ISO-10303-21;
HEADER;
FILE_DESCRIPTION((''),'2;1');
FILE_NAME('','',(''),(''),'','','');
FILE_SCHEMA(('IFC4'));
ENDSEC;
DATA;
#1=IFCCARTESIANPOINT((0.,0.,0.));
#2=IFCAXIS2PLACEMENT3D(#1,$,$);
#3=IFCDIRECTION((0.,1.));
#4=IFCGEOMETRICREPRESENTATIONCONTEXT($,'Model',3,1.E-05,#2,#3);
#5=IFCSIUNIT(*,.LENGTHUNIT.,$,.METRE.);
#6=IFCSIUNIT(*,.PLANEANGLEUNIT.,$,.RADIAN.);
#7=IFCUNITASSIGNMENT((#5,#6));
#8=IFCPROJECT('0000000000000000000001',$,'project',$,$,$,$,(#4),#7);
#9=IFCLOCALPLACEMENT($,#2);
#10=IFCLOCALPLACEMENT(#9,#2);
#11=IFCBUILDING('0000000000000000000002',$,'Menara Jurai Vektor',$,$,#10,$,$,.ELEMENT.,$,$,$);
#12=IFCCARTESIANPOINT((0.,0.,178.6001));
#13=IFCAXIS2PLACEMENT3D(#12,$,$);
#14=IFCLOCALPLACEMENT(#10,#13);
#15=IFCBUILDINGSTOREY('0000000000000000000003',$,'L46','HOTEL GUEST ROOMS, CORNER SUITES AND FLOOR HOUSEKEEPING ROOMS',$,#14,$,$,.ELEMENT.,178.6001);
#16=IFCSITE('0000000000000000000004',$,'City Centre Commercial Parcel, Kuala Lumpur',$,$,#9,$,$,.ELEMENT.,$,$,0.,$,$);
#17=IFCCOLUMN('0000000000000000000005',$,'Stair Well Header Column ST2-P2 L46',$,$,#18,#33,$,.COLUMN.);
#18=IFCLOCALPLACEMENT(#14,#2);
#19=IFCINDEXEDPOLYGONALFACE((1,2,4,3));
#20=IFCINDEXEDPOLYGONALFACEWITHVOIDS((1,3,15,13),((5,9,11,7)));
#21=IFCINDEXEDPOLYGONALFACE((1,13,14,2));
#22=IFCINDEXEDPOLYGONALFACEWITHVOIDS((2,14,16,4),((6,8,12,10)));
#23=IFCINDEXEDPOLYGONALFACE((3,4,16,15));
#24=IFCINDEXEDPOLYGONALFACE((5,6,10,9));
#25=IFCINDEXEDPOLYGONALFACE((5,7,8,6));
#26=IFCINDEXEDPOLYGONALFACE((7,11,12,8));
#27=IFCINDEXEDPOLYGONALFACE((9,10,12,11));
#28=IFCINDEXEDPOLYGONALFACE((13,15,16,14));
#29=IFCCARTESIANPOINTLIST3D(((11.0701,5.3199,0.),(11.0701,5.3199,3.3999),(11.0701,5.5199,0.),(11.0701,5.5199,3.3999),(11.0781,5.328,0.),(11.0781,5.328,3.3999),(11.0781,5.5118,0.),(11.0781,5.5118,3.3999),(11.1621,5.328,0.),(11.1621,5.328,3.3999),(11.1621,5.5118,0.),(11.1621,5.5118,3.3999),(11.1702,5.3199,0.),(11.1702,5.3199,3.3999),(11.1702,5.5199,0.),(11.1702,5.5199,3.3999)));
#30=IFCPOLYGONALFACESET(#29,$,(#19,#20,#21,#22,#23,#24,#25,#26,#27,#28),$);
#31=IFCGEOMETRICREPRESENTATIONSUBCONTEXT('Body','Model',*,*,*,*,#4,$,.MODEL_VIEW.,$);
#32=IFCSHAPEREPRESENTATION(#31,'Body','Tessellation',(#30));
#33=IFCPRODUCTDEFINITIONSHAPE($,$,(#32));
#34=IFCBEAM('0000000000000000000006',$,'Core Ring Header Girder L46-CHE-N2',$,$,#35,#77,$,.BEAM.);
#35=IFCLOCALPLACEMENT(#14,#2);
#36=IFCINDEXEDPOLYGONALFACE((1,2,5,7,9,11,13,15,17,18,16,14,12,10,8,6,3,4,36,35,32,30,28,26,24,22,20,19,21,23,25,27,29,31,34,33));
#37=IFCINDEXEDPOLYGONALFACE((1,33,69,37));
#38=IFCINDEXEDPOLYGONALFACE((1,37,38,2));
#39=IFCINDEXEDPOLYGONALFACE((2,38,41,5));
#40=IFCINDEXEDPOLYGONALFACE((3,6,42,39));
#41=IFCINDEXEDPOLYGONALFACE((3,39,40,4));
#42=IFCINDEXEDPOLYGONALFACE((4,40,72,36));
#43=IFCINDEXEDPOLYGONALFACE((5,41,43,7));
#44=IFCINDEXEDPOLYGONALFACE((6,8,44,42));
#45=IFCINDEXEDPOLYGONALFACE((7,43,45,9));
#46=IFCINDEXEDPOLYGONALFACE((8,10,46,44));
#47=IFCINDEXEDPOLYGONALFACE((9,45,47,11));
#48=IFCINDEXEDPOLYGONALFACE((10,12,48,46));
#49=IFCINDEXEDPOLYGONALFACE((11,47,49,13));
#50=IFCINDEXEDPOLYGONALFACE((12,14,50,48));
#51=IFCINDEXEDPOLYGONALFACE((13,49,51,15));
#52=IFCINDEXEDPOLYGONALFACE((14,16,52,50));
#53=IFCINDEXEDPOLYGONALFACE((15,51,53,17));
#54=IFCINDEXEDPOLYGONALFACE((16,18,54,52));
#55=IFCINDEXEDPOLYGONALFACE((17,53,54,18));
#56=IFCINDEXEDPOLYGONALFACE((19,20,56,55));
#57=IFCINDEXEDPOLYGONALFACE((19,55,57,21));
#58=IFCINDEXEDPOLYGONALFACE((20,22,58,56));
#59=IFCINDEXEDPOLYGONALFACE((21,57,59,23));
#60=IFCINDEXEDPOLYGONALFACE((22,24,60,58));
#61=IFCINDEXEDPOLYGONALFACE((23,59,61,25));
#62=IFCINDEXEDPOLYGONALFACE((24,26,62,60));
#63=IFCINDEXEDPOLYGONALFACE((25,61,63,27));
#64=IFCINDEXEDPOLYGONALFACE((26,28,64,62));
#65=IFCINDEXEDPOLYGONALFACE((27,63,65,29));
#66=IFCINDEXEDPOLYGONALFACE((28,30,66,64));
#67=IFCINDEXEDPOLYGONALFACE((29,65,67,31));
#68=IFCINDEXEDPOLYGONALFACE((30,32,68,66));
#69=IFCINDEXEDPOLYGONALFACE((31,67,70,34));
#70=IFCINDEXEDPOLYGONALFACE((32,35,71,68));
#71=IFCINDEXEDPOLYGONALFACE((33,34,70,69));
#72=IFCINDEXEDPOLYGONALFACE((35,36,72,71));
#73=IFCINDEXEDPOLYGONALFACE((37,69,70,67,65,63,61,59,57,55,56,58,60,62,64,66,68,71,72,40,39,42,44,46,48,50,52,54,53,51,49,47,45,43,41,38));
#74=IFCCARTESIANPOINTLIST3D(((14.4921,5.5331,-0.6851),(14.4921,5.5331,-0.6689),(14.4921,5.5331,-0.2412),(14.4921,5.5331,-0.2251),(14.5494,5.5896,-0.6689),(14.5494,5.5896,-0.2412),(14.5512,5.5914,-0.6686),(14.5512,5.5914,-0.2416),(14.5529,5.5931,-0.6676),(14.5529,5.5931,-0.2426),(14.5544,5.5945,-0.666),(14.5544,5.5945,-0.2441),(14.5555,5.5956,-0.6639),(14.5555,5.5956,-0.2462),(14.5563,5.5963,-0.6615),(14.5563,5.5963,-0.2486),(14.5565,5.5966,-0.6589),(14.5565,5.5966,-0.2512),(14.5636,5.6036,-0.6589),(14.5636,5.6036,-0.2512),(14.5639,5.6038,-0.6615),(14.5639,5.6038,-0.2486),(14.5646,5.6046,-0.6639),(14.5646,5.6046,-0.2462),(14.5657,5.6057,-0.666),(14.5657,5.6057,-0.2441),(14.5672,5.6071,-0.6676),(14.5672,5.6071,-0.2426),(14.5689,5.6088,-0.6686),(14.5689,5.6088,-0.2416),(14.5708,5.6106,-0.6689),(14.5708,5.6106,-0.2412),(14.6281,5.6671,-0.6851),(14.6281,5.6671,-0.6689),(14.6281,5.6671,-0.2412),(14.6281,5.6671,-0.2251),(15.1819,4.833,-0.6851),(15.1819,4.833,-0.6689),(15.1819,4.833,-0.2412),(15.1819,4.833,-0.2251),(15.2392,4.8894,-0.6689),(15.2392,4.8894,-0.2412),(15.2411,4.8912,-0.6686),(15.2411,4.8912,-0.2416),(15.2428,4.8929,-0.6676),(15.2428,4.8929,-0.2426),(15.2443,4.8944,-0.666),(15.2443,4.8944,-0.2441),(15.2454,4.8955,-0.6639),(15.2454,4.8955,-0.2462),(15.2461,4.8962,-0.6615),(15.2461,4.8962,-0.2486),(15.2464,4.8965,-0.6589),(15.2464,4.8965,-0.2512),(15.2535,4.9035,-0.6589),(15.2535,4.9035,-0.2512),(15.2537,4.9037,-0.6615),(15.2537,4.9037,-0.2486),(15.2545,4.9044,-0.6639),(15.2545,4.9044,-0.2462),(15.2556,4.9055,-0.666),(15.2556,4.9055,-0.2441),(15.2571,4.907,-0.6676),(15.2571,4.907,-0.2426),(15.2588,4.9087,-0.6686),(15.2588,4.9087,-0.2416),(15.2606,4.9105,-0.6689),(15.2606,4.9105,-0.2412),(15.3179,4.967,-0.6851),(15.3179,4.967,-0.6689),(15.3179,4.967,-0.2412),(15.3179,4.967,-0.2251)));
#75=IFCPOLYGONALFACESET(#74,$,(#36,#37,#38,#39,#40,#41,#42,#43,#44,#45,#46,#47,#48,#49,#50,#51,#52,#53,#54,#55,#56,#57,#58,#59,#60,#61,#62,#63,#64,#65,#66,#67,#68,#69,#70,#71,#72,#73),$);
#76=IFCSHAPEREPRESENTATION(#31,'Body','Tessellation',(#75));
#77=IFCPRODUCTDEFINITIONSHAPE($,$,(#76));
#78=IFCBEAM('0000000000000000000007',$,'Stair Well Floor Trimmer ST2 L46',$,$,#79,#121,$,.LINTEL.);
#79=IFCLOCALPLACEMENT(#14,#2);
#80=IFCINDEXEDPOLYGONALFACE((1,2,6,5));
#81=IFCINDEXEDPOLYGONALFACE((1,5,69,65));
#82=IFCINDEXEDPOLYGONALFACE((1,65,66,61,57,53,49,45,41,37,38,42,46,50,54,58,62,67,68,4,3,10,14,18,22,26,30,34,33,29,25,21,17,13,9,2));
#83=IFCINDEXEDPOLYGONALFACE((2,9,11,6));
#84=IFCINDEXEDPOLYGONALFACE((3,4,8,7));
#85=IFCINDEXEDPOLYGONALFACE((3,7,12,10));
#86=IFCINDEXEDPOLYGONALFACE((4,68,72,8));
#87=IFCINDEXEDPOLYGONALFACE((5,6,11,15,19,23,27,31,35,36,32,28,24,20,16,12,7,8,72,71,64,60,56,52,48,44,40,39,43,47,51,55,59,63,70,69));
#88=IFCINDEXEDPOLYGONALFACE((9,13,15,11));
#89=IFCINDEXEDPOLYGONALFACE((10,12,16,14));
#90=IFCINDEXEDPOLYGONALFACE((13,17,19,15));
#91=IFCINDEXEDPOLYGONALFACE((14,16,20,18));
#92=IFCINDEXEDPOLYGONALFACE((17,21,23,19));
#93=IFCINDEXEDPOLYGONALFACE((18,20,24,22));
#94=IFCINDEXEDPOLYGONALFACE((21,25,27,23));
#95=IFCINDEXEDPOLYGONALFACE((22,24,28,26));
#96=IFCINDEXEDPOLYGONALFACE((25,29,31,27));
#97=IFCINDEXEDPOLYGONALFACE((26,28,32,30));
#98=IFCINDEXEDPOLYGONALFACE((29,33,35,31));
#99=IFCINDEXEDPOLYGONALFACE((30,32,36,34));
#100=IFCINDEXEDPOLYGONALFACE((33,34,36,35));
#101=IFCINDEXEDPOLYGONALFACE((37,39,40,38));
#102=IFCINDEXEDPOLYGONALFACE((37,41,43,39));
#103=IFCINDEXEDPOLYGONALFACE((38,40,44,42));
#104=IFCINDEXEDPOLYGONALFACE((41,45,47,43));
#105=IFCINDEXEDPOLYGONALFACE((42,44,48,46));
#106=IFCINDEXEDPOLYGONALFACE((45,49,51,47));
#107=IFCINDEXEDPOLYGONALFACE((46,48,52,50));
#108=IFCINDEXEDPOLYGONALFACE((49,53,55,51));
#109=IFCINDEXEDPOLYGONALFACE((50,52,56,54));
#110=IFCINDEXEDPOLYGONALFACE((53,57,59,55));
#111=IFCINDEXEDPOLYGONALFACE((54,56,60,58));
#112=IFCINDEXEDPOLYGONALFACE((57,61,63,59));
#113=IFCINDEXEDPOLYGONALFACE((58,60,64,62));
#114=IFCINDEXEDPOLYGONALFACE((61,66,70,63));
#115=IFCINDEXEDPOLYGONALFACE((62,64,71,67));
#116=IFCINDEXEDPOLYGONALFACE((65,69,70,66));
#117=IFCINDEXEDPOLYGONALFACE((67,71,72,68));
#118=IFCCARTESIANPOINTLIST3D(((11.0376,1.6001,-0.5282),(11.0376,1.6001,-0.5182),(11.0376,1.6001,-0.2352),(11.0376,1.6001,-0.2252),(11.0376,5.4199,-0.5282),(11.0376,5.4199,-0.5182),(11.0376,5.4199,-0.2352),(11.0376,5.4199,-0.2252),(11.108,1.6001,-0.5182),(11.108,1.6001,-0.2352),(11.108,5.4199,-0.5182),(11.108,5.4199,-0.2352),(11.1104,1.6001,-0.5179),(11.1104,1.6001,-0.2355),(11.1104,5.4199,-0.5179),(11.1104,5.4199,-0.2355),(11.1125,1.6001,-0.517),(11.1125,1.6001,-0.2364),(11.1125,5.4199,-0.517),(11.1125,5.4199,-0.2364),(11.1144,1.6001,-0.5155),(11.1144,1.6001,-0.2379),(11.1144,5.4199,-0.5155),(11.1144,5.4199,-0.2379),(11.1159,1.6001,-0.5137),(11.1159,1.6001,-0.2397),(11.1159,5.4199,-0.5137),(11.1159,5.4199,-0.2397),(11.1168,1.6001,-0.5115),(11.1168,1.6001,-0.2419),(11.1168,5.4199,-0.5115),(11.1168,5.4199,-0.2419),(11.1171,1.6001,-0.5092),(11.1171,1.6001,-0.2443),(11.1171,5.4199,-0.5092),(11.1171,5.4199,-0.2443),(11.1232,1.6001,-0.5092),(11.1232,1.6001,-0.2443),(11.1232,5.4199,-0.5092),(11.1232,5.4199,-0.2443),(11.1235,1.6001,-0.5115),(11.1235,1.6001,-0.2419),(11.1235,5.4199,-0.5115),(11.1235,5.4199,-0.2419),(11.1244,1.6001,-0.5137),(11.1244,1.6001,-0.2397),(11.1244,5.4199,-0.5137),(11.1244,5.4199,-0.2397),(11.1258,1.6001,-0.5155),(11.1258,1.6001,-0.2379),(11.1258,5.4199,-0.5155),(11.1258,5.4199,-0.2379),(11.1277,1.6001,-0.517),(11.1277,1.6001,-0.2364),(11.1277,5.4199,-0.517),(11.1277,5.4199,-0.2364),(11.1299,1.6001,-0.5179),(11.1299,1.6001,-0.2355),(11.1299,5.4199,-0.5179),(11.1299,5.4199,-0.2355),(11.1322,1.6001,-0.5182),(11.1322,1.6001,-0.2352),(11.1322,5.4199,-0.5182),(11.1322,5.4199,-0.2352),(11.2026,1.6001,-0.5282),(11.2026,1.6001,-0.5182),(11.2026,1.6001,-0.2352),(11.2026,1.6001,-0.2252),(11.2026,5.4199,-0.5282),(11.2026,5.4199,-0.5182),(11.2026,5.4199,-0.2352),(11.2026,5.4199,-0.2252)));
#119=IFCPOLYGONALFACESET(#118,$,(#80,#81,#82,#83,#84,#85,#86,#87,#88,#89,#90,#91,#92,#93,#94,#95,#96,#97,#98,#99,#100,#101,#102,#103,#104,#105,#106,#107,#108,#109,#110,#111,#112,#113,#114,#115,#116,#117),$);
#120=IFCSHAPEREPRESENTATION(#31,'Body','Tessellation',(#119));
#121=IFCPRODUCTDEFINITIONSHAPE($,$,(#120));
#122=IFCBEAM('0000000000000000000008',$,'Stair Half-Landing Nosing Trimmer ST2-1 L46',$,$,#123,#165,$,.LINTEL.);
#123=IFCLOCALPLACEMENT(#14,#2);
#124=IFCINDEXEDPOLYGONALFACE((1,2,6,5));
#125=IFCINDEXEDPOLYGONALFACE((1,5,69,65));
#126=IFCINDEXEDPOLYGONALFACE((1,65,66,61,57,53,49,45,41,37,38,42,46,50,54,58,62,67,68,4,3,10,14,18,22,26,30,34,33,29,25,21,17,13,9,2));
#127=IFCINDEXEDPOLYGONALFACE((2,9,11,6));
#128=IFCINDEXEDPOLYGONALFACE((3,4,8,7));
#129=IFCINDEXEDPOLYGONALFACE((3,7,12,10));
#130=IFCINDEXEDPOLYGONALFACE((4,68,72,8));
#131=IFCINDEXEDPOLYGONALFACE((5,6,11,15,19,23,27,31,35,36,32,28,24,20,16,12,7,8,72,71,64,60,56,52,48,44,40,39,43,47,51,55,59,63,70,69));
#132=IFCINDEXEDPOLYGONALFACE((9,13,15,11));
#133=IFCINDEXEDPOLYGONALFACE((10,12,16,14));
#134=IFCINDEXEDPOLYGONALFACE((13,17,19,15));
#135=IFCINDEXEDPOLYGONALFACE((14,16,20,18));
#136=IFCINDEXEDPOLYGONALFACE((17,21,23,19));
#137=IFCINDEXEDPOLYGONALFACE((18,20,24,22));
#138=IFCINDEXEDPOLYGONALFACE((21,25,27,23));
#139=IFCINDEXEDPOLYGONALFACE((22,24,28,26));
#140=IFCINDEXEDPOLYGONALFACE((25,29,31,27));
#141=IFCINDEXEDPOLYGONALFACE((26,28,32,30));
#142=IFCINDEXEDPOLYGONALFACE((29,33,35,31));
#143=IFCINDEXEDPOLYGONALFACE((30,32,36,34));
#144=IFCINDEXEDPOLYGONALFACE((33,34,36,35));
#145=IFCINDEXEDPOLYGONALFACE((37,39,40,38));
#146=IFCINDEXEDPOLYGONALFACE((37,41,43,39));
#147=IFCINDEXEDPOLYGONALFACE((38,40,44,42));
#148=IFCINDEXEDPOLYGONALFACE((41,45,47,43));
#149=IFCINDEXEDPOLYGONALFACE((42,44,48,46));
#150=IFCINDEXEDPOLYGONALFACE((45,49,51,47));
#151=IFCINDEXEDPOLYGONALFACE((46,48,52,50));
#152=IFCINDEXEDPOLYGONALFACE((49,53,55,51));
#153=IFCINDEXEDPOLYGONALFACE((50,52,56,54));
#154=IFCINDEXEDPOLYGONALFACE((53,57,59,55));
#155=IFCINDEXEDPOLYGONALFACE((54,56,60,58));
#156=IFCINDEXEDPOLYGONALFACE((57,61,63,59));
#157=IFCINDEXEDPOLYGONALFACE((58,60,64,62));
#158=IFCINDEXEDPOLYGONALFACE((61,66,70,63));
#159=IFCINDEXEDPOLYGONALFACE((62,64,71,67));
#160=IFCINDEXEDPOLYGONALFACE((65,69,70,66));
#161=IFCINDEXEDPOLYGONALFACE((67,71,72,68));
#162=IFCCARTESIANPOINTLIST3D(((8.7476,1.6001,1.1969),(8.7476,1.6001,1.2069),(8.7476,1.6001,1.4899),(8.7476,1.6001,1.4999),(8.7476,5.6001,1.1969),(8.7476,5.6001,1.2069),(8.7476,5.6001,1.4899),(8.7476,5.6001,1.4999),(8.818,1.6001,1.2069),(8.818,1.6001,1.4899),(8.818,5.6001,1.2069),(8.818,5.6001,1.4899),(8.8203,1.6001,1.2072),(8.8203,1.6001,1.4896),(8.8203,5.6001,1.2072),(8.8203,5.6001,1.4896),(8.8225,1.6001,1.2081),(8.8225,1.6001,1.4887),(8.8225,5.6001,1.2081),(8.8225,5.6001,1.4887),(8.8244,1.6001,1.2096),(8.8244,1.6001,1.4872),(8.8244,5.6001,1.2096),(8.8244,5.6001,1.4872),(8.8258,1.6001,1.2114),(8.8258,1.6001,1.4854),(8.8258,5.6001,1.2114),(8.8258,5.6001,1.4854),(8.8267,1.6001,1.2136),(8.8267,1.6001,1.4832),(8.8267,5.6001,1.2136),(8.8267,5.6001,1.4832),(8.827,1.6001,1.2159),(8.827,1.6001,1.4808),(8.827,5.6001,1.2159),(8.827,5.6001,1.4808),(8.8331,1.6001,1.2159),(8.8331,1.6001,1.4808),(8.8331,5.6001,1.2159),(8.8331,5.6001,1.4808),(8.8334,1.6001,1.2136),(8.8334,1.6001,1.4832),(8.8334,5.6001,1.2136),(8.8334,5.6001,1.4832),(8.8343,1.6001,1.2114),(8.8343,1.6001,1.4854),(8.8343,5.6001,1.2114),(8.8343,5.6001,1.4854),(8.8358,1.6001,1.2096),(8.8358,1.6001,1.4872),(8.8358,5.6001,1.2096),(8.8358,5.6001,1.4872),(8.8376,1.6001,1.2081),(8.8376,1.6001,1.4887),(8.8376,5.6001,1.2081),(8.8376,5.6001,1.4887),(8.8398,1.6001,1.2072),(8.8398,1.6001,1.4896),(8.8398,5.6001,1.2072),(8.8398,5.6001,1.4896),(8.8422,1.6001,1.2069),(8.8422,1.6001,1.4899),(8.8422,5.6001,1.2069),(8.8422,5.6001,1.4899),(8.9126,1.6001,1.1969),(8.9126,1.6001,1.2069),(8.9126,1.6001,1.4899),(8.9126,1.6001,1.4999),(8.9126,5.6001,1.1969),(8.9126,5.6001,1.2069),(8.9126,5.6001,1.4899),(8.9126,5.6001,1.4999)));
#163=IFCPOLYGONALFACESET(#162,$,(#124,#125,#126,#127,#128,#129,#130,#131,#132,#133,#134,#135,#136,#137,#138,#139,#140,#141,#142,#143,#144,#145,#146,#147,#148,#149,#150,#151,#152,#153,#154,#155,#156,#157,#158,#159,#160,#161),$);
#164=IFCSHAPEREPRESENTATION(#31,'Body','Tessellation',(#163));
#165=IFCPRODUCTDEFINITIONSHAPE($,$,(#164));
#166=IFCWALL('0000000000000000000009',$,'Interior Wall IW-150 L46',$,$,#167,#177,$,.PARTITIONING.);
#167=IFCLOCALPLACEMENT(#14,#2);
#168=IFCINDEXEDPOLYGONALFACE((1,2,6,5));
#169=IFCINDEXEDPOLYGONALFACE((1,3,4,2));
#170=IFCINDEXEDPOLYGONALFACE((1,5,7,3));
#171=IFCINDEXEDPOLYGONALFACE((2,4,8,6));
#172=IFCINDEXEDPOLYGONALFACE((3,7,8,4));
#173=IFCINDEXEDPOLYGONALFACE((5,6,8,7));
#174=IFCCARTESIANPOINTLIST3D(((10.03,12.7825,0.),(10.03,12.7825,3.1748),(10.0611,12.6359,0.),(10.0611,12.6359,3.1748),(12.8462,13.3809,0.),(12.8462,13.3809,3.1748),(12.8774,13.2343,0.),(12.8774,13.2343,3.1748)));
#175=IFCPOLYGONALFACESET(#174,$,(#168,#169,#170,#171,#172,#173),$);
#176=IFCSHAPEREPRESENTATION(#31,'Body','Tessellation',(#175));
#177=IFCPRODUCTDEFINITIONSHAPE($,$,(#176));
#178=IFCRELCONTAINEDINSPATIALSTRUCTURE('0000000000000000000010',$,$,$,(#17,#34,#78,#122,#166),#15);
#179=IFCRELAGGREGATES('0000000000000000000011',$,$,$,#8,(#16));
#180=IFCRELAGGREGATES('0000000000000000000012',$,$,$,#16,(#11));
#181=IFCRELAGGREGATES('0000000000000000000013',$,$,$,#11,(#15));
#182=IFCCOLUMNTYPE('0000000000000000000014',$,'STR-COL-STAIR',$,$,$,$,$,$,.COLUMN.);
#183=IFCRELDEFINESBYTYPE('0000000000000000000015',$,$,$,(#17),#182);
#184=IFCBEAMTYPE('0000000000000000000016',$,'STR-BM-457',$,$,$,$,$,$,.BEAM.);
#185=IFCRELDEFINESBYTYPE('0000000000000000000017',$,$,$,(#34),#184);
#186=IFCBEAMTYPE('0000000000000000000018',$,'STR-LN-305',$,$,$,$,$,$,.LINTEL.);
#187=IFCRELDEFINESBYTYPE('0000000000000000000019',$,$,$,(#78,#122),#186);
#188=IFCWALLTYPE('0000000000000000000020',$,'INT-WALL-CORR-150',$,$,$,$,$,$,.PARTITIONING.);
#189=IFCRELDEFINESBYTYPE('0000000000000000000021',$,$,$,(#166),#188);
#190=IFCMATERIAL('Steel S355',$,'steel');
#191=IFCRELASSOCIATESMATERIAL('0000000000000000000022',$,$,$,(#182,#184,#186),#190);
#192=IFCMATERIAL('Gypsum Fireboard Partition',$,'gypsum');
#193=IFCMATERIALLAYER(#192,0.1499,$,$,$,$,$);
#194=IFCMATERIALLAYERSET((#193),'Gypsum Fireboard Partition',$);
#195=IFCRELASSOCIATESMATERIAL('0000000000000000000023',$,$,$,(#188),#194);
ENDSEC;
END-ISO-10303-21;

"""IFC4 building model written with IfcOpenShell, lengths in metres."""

from ifc_helpers import new_model, si_unit, direction, frame, frame_2d, origin, origin_2d, place, context, subcontext, project, spatial, rectangle, hollow_rectangle, i_section, extrude, material, layer, layer_set, material_profile, profile_set, type_object, element, save


model = new_model("IFC4")

# Units and contexts
model_context = context("Model", 3, precision=1e-05, world=origin(), true_north=direction((0.0, 1.0)))
body_context = subcontext(model_context, "Body", "Model", "MODEL_VIEW")
ifc_project = project(units=[si_unit("LENGTHUNIT", "METRE"), si_unit("PLANEANGLEUNIT", "RADIAN")], contexts=[model_context])

# Site, building, storey
site_placement = place(None, origin())
site = spatial("IfcSite", under=ifc_project, at=site_placement, Name="City Centre Commercial Parcel, Kuala Lumpur", CompositionType="ELEMENT", RefElevation=0.0)
building_placement = place(site_placement, origin())
building = spatial("IfcBuilding", under=site, at=building_placement, Name="Menara Jurai Vektor", CompositionType="ELEMENT")
storey_placement = place(building_placement, frame((0.0, 0.0, 178.6001)))
storey = spatial("IfcBuildingStorey", under=building, at=storey_placement, Name="L46", Description="HOTEL GUEST ROOMS, CORNER SUITES AND FLOOR HOUSEKEEPING ROOMS", CompositionType="ELEMENT", Elevation=178.6001)

# Column
ifc_material_1 = material(Name="Steel S355", Category="steel")
ifc_material_profile_1 = material_profile(ifc_material_1, hollow_rectangle(XDim=0.1001, YDim=0.2, WallThickness=0.0081, at=origin_2d()), Name="RHS 200x100x8")
ifc_profile_set_1 = profile_set([ifc_material_profile_1], Name="Steel S355")
column_type = type_object("IfcColumnType", Name="STR-COL-STAIR", PredefinedType="COLUMN", material=ifc_profile_set_1)
column_placement = place(storey_placement, frame((11.1201, 5.4199, 0.0), z_axis=(0.0, 0.0, 1.0), x_axis=(1.0, 0.0, 0.0)))
element("IfcColumn", 1, at=column_placement, inside=storey, type_object=column_type, Name="Stair Well Header Column ST2-P2 L46", PredefinedType="COLUMN", context=body_context, shape_type="SweptSolid", body=[
    extrude(hollow_rectangle(XDim=0.1001, YDim=0.2, WallThickness=0.0081, at=origin_2d()), origin(), (0.0, 0.0, 1.0), 3.3999),
])

# Beams
ifc_material_profile_2 = material_profile(ifc_material_1, i_section(OverallWidth=0.1909, OverallDepth=0.46, WebThickness=0.01, FlangeThickness=0.0161, FilletRadius=0.01, at=origin_2d()), Name="UKB 457x191x82")
ifc_profile_set_2 = profile_set([ifc_material_profile_2], Name="Steel S355")
beam_type_1 = type_object("IfcBeamType", Name="STR-BM-457", PredefinedType="BEAM", material=ifc_profile_set_2)
beam_1_placement = place(storey_placement, frame((14.5601, 5.6001, -0.4551), z_axis=(0.701872, -0.712303, 0.0), x_axis=(0.712303, 0.701872, 0.0)))
element("IfcBeam", 2, at=beam_1_placement, inside=storey, type_object=beam_type_1, Name="Core Ring Header Girder L46-CHE-N2", PredefinedType="BEAM", context=body_context, shape_type="SweptSolid", body=[
    extrude(i_section(OverallWidth=0.1909, OverallDepth=0.46, WebThickness=0.01, FlangeThickness=0.0161, FilletRadius=0.01, at=origin_2d()), origin(), (0.0, 0.0, 1.0), 0.9829),
])
ifc_material_profile_3 = material_profile(ifc_material_1, i_section(OverallWidth=0.165, OverallDepth=0.303, WebThickness=0.0061, FlangeThickness=0.01, FilletRadius=0.009, at=origin_2d()), Name="UKB 305x165x40")
ifc_profile_set_3 = profile_set([ifc_material_profile_3], Name="Steel S355")
beam_type_2 = type_object("IfcBeamType", Name="STR-LN-305", PredefinedType="LINTEL", material=ifc_profile_set_3)
beam_2_placement = place(storey_placement, frame((11.1201, 1.6001, -0.3767), z_axis=(0.0, 1.0, 0.0), x_axis=(-1.0, 0.0, 0.0)))
element("IfcBeam", 3, at=beam_2_placement, inside=storey, type_object=beam_type_2, Name="Stair Well Floor Trimmer ST2 L46", PredefinedType="LINTEL", context=body_context, shape_type="SweptSolid", body=[
    extrude(i_section(OverallWidth=0.165, OverallDepth=0.303, WebThickness=0.0061, FlangeThickness=0.01, FilletRadius=0.009, at=origin_2d()), origin(), (0.0, 0.0, 1.0), 3.8198),
])
beam_3_placement = place(storey_placement, frame((8.8301, 1.6001, 1.3484), z_axis=(0.0, 1.0, 0.0), x_axis=(-1.0, 0.0, 0.0)))
element("IfcBeam", 4, at=beam_3_placement, inside=storey, type_object=beam_type_2, Name="Stair Half-Landing Nosing Trimmer ST2-1 L46", PredefinedType="LINTEL", context=body_context, shape_type="SweptSolid", body=[
    extrude(i_section(OverallWidth=0.165, OverallDepth=0.303, WebThickness=0.0061, FlangeThickness=0.01, FilletRadius=0.009, at=origin_2d()), origin(), (0.0, 0.0, 1.0), 4.0),
])

# Wall
ifc_material_2 = material(Name="Gypsum Fireboard Partition", Category="gypsum")
ifc_layer_1 = layer(ifc_material_2, 0.1499)
ifc_layer_set_1 = layer_set([ifc_layer_1], Name="Gypsum Fireboard Partition")
wall_type_1 = type_object("IfcWallType", Name="INT-WALL-CORR-150", PredefinedType="PARTITIONING", material=ifc_layer_set_1)
wall_1_placement = place(storey_placement, frame((10.0457, 12.7092, 0.0), z_axis=(0.0, 0.0, 1.0), x_axis=(0.978162, 0.207844, 0.0)))
element("IfcWall", 5, at=wall_1_placement, inside=storey, type_object=wall_type_1, Name="Interior Wall IW-150 L46", PredefinedType="PARTITIONING", context=body_context, shape_type="SweptSolid", body=[
    extrude(rectangle(XDim=2.8792, YDim=0.1499, at=frame_2d((1.4395, 0.0))), origin(), (0.0, 0.0, 1.0), 3.1748),
])

save(model, "model.ifc")
